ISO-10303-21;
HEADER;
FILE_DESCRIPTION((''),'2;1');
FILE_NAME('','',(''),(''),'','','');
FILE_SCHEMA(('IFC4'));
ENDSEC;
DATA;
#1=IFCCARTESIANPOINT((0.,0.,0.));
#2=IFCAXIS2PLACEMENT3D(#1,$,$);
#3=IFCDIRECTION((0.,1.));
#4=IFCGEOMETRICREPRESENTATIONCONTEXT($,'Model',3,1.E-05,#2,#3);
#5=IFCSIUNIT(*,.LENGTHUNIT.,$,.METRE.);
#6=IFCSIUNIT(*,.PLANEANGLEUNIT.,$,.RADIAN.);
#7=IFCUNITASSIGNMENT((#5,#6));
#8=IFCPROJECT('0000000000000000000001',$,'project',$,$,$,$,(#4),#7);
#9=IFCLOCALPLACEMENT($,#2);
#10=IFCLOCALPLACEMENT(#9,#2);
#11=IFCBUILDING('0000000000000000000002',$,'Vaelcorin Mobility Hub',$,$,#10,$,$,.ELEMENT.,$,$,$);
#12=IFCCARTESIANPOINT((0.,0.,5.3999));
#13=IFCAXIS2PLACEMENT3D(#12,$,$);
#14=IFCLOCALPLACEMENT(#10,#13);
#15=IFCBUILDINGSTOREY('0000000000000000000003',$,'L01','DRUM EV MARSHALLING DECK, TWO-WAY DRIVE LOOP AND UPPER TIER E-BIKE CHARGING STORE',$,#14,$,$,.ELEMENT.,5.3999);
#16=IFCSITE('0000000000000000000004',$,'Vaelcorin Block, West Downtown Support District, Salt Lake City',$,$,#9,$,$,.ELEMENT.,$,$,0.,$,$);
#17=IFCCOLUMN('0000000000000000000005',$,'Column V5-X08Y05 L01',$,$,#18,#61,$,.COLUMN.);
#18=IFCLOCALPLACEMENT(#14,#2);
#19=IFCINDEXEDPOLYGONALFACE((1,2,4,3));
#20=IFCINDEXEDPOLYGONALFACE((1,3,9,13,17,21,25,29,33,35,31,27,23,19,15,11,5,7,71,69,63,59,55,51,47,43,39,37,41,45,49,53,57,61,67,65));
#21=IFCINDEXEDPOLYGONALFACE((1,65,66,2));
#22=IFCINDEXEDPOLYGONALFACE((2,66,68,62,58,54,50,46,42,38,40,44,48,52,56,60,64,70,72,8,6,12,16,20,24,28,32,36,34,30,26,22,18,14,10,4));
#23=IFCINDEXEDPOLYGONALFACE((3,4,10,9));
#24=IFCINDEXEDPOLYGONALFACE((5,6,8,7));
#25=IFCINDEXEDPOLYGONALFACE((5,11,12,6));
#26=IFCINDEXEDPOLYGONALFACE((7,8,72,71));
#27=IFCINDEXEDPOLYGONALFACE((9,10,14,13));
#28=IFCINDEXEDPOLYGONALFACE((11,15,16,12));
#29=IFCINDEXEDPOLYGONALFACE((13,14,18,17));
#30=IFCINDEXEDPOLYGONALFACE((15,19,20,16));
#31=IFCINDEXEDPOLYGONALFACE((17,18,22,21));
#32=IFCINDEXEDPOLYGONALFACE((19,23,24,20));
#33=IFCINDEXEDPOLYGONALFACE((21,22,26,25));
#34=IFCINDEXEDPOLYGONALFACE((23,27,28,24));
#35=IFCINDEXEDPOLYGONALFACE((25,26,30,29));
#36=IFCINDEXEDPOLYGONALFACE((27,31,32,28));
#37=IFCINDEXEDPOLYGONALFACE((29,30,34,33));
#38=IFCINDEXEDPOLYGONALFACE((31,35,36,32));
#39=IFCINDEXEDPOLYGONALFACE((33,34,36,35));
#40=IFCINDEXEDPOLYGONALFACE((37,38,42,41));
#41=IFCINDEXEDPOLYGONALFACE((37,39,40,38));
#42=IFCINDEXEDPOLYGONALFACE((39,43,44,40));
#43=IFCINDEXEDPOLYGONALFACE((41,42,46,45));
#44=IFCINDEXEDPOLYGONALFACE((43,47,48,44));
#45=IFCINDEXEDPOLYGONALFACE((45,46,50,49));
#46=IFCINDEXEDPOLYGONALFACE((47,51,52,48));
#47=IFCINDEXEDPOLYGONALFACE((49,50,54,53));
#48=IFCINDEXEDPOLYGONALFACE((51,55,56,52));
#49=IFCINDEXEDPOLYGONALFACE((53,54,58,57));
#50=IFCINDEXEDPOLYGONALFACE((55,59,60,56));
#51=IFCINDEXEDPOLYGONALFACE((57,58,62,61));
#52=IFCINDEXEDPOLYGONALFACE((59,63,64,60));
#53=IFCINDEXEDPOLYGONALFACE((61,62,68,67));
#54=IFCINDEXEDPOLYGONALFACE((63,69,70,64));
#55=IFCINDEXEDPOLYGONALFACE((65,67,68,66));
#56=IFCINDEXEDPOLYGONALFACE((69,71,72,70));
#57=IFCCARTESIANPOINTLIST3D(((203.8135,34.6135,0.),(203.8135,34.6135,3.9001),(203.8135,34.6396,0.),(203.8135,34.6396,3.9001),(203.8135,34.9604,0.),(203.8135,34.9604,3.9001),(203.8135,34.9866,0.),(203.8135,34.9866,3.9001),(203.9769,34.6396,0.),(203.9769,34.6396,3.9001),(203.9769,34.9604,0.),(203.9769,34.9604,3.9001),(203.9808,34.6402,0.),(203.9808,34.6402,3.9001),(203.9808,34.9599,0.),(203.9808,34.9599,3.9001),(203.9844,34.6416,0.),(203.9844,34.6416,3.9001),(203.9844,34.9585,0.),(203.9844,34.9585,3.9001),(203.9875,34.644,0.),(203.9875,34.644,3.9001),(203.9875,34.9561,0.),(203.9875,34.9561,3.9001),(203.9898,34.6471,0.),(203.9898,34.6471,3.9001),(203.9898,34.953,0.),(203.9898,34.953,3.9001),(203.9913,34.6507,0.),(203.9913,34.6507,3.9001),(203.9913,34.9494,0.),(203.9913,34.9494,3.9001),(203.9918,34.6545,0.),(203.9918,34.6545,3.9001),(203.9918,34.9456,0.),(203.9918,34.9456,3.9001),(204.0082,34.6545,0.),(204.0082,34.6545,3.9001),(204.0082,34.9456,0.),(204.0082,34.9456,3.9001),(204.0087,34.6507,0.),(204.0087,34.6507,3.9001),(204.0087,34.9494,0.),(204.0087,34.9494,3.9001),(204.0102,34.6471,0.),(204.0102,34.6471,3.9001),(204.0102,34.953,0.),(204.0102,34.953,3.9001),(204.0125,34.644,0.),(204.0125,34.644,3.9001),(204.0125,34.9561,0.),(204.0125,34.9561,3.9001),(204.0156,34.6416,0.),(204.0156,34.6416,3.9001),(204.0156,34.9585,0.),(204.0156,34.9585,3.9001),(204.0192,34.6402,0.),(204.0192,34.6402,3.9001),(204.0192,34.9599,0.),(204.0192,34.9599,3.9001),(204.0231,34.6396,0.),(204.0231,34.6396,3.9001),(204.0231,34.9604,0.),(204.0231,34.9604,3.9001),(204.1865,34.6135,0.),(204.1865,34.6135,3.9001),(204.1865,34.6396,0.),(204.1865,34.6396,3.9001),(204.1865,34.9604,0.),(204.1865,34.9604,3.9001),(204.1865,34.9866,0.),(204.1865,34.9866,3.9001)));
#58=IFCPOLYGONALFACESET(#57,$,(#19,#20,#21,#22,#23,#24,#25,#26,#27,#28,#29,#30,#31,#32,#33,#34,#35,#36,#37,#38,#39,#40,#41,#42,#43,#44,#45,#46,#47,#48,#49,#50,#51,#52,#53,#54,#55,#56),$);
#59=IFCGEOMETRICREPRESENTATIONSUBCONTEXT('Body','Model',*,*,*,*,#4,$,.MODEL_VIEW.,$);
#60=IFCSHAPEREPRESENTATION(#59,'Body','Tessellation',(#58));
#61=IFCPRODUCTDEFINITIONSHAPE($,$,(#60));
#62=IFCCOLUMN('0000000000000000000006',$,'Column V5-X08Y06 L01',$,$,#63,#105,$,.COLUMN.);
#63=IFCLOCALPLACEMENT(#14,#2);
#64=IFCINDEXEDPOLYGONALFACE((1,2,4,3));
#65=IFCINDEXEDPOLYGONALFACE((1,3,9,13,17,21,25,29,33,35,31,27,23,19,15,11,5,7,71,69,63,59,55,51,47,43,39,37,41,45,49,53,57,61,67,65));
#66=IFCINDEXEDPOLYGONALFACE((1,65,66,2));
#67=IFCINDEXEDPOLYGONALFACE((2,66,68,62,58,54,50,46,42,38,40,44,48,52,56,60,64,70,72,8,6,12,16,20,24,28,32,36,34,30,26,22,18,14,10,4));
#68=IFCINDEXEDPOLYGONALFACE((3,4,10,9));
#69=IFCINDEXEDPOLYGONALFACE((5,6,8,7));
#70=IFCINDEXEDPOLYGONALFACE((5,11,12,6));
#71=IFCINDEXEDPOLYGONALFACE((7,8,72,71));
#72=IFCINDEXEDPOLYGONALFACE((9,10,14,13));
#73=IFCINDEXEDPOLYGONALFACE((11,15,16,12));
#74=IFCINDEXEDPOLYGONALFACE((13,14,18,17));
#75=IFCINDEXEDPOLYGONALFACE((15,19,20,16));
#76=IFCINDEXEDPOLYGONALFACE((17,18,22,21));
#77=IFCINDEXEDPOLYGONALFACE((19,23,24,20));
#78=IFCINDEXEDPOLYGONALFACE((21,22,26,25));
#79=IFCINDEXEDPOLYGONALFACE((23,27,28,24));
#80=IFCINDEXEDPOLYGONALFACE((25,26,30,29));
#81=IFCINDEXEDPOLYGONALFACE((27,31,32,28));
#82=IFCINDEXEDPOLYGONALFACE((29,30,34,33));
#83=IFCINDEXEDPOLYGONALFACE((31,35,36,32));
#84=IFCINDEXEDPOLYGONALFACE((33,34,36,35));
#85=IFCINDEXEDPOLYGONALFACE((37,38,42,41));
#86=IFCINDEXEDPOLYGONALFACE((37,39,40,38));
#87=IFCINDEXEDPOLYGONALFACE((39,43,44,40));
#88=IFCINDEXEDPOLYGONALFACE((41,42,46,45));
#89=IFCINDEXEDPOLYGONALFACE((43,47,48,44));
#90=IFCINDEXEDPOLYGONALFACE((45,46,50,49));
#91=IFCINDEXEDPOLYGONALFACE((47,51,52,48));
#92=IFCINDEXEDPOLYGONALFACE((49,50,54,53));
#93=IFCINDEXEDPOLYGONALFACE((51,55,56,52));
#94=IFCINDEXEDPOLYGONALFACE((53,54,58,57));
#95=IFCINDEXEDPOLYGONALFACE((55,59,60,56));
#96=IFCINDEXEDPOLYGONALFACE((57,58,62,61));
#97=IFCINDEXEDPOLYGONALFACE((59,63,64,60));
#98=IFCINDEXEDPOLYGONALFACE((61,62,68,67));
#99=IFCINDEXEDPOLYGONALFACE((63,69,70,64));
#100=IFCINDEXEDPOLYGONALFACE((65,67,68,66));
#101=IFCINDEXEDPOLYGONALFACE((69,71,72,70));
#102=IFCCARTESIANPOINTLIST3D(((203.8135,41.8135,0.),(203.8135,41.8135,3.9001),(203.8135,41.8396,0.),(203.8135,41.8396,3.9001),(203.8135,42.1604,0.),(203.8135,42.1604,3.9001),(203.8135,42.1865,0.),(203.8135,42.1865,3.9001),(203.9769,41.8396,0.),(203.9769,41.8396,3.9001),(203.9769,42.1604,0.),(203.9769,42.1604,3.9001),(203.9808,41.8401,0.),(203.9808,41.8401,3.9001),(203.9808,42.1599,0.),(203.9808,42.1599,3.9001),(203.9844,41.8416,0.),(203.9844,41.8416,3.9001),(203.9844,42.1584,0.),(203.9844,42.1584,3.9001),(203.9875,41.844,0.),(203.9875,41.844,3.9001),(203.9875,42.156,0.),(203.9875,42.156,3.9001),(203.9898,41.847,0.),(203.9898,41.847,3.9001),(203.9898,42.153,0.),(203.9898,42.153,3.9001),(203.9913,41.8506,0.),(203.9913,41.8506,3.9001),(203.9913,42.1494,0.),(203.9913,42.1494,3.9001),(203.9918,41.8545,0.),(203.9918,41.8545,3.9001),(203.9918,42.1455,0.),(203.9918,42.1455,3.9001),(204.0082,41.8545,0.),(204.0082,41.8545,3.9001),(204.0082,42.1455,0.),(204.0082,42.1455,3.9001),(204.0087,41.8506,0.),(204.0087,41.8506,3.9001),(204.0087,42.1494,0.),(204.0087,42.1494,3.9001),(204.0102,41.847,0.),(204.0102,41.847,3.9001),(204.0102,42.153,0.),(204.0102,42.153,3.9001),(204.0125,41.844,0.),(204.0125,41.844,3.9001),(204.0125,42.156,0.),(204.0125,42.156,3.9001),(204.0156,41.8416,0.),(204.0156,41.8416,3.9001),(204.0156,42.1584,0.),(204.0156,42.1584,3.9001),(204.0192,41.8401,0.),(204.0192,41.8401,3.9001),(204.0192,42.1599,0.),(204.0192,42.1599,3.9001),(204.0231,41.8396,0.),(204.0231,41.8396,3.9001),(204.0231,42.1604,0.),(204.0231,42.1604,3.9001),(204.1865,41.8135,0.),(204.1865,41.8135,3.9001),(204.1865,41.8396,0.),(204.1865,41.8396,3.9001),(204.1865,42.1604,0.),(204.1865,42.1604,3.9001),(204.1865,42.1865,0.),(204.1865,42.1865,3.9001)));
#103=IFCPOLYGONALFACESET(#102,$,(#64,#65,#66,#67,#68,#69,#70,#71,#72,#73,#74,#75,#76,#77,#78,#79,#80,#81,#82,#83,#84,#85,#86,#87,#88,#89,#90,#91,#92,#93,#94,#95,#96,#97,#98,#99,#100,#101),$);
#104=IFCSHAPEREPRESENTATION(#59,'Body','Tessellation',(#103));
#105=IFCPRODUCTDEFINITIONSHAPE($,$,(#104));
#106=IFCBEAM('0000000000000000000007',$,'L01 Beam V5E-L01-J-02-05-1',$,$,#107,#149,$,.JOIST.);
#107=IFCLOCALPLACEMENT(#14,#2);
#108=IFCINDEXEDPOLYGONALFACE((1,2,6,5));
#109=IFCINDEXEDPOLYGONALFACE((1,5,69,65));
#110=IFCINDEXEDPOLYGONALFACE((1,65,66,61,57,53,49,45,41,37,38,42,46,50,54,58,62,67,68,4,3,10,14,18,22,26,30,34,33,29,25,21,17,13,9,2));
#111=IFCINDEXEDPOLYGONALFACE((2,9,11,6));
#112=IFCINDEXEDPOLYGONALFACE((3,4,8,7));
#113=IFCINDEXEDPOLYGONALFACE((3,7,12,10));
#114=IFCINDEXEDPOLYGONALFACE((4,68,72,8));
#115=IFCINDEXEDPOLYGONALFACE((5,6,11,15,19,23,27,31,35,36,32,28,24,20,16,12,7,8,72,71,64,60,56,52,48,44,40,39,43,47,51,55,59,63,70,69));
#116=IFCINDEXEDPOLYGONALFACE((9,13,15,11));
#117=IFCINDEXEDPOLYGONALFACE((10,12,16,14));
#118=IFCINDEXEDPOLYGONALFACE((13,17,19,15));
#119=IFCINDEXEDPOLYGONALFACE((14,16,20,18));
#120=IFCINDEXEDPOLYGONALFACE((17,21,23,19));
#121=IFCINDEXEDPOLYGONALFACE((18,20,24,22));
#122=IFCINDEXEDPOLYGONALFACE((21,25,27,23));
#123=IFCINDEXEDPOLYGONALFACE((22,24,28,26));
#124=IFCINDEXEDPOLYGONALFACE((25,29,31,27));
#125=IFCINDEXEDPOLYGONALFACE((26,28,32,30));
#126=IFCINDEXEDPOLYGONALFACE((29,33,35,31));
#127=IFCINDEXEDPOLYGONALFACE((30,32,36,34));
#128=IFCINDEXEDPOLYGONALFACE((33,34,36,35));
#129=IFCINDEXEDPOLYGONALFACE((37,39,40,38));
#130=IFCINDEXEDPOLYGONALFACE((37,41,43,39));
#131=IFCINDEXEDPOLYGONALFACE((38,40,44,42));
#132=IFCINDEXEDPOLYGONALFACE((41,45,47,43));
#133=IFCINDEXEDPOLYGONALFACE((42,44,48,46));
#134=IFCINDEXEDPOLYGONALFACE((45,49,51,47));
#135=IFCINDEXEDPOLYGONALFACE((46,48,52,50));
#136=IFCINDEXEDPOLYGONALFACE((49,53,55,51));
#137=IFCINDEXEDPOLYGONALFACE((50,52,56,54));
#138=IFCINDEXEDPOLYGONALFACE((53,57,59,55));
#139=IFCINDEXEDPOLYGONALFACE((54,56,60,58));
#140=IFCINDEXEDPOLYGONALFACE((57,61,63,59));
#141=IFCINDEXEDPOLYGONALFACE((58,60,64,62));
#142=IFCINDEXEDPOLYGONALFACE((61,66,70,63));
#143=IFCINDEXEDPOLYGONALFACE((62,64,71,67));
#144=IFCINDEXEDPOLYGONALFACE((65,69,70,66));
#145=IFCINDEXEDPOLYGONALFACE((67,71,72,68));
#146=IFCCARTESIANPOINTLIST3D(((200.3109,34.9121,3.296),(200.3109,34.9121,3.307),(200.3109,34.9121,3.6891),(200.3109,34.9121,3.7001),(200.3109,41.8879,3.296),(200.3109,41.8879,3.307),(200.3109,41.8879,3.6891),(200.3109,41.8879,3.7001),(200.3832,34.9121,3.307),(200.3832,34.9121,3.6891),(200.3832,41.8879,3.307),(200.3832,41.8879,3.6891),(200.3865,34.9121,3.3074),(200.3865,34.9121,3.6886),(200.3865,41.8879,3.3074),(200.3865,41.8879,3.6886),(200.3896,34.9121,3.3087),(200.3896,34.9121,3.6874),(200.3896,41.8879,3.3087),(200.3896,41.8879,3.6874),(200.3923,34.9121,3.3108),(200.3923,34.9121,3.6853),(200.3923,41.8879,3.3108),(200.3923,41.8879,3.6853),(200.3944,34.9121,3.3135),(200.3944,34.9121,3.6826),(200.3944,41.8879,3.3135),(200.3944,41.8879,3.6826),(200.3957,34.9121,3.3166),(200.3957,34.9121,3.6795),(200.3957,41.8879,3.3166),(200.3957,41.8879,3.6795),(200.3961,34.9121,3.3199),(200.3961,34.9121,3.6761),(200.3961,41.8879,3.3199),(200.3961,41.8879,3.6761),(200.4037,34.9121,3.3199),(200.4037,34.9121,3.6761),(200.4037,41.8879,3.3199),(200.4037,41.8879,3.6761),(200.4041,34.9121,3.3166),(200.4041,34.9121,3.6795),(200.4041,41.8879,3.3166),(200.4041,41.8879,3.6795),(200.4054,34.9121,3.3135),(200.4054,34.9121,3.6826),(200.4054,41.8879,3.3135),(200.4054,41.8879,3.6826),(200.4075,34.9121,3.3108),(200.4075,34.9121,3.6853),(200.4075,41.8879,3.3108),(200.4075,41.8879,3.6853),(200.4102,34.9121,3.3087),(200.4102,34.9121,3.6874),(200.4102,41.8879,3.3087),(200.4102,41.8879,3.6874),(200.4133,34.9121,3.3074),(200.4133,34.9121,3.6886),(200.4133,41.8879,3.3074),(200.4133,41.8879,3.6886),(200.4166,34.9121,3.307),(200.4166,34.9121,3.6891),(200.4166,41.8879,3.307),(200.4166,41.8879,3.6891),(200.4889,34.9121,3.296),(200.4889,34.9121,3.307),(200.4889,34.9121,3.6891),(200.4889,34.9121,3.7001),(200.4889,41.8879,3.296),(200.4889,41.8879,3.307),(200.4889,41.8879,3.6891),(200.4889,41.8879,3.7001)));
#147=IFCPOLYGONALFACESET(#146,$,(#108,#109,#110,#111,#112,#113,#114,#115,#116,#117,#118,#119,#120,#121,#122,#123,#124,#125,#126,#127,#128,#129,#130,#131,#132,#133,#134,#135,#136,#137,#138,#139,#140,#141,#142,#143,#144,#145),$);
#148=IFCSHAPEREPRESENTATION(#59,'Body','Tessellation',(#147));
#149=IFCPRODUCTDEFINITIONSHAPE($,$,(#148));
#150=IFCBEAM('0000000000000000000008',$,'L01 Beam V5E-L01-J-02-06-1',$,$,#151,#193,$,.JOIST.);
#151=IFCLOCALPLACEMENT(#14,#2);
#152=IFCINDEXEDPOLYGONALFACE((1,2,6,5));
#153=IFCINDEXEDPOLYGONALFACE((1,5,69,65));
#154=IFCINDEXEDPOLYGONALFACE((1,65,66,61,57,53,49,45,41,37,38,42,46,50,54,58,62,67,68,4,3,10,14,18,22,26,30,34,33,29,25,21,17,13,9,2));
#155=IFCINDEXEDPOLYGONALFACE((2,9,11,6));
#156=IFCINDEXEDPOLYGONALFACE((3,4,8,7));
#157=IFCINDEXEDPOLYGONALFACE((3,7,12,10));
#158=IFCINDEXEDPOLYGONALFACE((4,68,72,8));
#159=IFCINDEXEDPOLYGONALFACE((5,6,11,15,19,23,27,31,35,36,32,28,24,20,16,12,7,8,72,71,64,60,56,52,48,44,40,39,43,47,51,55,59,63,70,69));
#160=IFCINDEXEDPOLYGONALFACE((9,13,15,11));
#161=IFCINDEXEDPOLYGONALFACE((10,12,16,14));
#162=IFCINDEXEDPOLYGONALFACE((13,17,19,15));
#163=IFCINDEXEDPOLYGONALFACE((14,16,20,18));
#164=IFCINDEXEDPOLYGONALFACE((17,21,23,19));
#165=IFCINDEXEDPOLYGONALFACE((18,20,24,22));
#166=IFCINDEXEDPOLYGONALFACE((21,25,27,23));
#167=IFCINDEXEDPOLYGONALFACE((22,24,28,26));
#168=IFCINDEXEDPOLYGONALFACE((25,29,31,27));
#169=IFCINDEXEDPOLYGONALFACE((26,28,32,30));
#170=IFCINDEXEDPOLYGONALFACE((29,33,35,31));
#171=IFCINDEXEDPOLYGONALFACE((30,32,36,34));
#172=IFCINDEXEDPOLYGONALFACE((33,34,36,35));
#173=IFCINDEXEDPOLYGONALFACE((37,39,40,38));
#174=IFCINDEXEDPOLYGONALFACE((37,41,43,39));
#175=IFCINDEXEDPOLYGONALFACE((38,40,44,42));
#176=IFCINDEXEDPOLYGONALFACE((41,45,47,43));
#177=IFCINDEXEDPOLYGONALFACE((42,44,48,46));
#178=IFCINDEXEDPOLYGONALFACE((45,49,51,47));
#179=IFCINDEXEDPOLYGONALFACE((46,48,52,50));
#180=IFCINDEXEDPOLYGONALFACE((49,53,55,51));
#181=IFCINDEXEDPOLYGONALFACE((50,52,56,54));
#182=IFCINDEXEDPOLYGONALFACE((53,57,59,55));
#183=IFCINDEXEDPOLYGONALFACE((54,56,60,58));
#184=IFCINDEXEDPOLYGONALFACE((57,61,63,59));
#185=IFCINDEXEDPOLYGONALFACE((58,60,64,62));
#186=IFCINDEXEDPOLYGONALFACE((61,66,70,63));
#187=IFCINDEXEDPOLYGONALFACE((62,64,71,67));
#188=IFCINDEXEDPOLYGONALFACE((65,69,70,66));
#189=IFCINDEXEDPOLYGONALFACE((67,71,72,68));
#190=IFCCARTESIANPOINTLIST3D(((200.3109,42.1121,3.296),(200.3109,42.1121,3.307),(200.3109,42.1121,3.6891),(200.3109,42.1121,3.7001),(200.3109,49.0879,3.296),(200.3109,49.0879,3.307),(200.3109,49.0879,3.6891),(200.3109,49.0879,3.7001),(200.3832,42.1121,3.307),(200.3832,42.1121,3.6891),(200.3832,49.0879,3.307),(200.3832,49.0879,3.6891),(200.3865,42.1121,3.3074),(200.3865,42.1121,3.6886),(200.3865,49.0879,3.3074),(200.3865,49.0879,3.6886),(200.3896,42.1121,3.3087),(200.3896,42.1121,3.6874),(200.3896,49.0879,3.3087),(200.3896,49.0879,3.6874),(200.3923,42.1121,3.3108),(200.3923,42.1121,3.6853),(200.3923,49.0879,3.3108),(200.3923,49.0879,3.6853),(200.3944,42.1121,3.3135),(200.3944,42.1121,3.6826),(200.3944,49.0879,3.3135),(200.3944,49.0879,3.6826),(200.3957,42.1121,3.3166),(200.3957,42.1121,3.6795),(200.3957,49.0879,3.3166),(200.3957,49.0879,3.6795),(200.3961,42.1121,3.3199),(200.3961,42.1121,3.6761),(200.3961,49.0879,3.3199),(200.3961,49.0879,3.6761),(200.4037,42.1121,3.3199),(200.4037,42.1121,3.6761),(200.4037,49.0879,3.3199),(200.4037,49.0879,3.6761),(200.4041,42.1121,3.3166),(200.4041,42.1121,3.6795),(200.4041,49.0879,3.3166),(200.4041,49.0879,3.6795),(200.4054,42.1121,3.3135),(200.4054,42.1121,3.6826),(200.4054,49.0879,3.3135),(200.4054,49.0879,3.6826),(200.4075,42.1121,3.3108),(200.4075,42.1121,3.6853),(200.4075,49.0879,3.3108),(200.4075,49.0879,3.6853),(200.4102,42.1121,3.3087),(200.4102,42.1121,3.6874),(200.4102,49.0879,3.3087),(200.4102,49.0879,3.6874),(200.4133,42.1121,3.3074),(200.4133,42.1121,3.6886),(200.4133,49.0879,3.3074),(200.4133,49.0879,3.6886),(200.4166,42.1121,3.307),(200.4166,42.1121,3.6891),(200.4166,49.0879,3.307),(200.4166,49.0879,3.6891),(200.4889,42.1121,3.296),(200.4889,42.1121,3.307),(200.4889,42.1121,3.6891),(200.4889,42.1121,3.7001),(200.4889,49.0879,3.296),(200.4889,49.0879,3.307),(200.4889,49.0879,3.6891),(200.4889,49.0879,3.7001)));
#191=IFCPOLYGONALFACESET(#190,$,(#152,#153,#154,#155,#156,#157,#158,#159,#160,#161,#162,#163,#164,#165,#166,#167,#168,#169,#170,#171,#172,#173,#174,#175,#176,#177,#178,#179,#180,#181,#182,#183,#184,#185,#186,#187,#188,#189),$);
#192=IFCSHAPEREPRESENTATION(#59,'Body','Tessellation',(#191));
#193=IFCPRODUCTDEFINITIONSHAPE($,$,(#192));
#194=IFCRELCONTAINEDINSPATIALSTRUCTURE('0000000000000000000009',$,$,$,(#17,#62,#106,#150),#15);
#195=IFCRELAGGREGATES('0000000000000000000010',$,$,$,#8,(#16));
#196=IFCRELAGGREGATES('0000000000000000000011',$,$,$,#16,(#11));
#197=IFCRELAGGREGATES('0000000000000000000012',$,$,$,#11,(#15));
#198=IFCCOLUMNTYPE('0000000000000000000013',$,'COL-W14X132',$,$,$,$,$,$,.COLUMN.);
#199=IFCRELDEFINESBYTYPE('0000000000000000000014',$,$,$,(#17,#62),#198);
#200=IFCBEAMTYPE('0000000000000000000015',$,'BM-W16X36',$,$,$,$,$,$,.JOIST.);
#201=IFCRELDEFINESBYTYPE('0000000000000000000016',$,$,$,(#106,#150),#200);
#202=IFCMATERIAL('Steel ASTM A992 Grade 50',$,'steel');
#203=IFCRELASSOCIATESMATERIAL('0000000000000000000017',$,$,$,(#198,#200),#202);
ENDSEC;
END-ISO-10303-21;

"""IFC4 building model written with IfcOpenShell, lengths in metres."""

from ifc_helpers import new_model, si_unit, direction, frame, origin, origin_2d, place, context, subcontext, project, spatial, i_section, extrude, material, material_profile, profile_set, type_object, element, save


model = new_model("IFC4")

# Units and contexts
model_context = context("Model", 3, precision=1e-05, world=origin(), true_north=direction((0.0, 1.0)))
body_context = subcontext(model_context, "Body", "Model", "MODEL_VIEW")
ifc_project = project(units=[si_unit("LENGTHUNIT", "METRE"), si_unit("PLANEANGLEUNIT", "RADIAN")], contexts=[model_context])

# Site, building, storey
site_placement = place(None, origin())
site = spatial("IfcSite", under=ifc_project, at=site_placement, Name="Vaelcorin Block, West Downtown Support District, Salt Lake City", CompositionType="ELEMENT", RefElevation=0.0)
building_placement = place(site_placement, origin())
building = spatial("IfcBuilding", under=site, at=building_placement, Name="Vaelcorin Mobility Hub", CompositionType="ELEMENT")
storey_placement = place(building_placement, frame((0.0, 0.0, 5.3999)))
storey = spatial("IfcBuildingStorey", under=building, at=storey_placement, Name="L01", Description="DRUM EV MARSHALLING DECK, TWO-WAY DRIVE LOOP AND UPPER TIER E-BIKE CHARGING STORE", CompositionType="ELEMENT", Elevation=5.3999)

# Columns
ifc_material_1 = material(Name="Steel ASTM A992 Grade 50", Category="steel")
ifc_material_profile_1 = material_profile(ifc_material_1, i_section(OverallWidth=0.373, OverallDepth=0.373, WebThickness=0.0164, FlangeThickness=0.0261, FilletRadius=0.0149, at=origin_2d()), Name="W14X132")
ifc_profile_set_1 = profile_set([ifc_material_profile_1], Name="Steel ASTM A992 Grade 50")
column_type = type_object("IfcColumnType", Name="COL-W14X132", PredefinedType="COLUMN", material=ifc_profile_set_1)
for number, where, z_axis, x_axis, name in (
    (1, (204.0, 34.8, 0.0), (0.0, 0.0, 1.0), (1.0, 0.0, 0.0), "Column V5-X08Y05 L01"),
    (2, (204.0, 42.0, 0.0), (0.0, 0.0, 1.0), (1.0, 0.0, 0.0), "Column V5-X08Y06 L01"),
):
    element("IfcColumn", number, at=place(storey_placement, frame(where, z_axis=z_axis, x_axis=x_axis)), inside=storey, type_object=column_type, Name=name, PredefinedType="COLUMN", context=body_context, shape_type="SweptSolid", body=[
        extrude(i_section(OverallWidth=0.373, OverallDepth=0.373, WebThickness=0.0164, FlangeThickness=0.0261, FilletRadius=0.0149, at=origin_2d()), origin(), (0.0, 0.0, 1.0), 3.9001),
    ])

# Beams
ifc_material_profile_2 = material_profile(ifc_material_1, i_section(OverallWidth=0.178, OverallDepth=0.4041, WebThickness=0.0076, FlangeThickness=0.011, FilletRadius=0.0129, at=origin_2d()), Name="W16X36")
ifc_profile_set_2 = profile_set([ifc_material_profile_2], Name="Steel ASTM A992 Grade 50")
beam_type_1 = type_object("IfcBeamType", Name="BM-W16X36", PredefinedType="JOIST", material=ifc_profile_set_2)
for number, where, z_axis, x_axis, name in (
    (3, (200.3999, 34.9121, 3.498), (0.0, 1.0, 0.0), (-1.0, 0.0, 0.0), "L01 Beam V5E-L01-J-02-05-1"),
    (4, (200.3999, 42.1121, 3.498), (0.0, 1.0, 0.0), (-1.0, 0.0, 0.0), "L01 Beam V5E-L01-J-02-06-1"),
):
    element("IfcBeam", number, at=place(storey_placement, frame(where, z_axis=z_axis, x_axis=x_axis)), inside=storey, type_object=beam_type_1, Name=name, PredefinedType="JOIST", context=body_context, shape_type="SweptSolid", body=[
        extrude(i_section(OverallWidth=0.178, OverallDepth=0.4041, WebThickness=0.0076, FlangeThickness=0.011, FilletRadius=0.0129, at=origin_2d()), origin(), (0.0, 0.0, 1.0), 6.9758),
    ])

save(model, "model.ifc")
